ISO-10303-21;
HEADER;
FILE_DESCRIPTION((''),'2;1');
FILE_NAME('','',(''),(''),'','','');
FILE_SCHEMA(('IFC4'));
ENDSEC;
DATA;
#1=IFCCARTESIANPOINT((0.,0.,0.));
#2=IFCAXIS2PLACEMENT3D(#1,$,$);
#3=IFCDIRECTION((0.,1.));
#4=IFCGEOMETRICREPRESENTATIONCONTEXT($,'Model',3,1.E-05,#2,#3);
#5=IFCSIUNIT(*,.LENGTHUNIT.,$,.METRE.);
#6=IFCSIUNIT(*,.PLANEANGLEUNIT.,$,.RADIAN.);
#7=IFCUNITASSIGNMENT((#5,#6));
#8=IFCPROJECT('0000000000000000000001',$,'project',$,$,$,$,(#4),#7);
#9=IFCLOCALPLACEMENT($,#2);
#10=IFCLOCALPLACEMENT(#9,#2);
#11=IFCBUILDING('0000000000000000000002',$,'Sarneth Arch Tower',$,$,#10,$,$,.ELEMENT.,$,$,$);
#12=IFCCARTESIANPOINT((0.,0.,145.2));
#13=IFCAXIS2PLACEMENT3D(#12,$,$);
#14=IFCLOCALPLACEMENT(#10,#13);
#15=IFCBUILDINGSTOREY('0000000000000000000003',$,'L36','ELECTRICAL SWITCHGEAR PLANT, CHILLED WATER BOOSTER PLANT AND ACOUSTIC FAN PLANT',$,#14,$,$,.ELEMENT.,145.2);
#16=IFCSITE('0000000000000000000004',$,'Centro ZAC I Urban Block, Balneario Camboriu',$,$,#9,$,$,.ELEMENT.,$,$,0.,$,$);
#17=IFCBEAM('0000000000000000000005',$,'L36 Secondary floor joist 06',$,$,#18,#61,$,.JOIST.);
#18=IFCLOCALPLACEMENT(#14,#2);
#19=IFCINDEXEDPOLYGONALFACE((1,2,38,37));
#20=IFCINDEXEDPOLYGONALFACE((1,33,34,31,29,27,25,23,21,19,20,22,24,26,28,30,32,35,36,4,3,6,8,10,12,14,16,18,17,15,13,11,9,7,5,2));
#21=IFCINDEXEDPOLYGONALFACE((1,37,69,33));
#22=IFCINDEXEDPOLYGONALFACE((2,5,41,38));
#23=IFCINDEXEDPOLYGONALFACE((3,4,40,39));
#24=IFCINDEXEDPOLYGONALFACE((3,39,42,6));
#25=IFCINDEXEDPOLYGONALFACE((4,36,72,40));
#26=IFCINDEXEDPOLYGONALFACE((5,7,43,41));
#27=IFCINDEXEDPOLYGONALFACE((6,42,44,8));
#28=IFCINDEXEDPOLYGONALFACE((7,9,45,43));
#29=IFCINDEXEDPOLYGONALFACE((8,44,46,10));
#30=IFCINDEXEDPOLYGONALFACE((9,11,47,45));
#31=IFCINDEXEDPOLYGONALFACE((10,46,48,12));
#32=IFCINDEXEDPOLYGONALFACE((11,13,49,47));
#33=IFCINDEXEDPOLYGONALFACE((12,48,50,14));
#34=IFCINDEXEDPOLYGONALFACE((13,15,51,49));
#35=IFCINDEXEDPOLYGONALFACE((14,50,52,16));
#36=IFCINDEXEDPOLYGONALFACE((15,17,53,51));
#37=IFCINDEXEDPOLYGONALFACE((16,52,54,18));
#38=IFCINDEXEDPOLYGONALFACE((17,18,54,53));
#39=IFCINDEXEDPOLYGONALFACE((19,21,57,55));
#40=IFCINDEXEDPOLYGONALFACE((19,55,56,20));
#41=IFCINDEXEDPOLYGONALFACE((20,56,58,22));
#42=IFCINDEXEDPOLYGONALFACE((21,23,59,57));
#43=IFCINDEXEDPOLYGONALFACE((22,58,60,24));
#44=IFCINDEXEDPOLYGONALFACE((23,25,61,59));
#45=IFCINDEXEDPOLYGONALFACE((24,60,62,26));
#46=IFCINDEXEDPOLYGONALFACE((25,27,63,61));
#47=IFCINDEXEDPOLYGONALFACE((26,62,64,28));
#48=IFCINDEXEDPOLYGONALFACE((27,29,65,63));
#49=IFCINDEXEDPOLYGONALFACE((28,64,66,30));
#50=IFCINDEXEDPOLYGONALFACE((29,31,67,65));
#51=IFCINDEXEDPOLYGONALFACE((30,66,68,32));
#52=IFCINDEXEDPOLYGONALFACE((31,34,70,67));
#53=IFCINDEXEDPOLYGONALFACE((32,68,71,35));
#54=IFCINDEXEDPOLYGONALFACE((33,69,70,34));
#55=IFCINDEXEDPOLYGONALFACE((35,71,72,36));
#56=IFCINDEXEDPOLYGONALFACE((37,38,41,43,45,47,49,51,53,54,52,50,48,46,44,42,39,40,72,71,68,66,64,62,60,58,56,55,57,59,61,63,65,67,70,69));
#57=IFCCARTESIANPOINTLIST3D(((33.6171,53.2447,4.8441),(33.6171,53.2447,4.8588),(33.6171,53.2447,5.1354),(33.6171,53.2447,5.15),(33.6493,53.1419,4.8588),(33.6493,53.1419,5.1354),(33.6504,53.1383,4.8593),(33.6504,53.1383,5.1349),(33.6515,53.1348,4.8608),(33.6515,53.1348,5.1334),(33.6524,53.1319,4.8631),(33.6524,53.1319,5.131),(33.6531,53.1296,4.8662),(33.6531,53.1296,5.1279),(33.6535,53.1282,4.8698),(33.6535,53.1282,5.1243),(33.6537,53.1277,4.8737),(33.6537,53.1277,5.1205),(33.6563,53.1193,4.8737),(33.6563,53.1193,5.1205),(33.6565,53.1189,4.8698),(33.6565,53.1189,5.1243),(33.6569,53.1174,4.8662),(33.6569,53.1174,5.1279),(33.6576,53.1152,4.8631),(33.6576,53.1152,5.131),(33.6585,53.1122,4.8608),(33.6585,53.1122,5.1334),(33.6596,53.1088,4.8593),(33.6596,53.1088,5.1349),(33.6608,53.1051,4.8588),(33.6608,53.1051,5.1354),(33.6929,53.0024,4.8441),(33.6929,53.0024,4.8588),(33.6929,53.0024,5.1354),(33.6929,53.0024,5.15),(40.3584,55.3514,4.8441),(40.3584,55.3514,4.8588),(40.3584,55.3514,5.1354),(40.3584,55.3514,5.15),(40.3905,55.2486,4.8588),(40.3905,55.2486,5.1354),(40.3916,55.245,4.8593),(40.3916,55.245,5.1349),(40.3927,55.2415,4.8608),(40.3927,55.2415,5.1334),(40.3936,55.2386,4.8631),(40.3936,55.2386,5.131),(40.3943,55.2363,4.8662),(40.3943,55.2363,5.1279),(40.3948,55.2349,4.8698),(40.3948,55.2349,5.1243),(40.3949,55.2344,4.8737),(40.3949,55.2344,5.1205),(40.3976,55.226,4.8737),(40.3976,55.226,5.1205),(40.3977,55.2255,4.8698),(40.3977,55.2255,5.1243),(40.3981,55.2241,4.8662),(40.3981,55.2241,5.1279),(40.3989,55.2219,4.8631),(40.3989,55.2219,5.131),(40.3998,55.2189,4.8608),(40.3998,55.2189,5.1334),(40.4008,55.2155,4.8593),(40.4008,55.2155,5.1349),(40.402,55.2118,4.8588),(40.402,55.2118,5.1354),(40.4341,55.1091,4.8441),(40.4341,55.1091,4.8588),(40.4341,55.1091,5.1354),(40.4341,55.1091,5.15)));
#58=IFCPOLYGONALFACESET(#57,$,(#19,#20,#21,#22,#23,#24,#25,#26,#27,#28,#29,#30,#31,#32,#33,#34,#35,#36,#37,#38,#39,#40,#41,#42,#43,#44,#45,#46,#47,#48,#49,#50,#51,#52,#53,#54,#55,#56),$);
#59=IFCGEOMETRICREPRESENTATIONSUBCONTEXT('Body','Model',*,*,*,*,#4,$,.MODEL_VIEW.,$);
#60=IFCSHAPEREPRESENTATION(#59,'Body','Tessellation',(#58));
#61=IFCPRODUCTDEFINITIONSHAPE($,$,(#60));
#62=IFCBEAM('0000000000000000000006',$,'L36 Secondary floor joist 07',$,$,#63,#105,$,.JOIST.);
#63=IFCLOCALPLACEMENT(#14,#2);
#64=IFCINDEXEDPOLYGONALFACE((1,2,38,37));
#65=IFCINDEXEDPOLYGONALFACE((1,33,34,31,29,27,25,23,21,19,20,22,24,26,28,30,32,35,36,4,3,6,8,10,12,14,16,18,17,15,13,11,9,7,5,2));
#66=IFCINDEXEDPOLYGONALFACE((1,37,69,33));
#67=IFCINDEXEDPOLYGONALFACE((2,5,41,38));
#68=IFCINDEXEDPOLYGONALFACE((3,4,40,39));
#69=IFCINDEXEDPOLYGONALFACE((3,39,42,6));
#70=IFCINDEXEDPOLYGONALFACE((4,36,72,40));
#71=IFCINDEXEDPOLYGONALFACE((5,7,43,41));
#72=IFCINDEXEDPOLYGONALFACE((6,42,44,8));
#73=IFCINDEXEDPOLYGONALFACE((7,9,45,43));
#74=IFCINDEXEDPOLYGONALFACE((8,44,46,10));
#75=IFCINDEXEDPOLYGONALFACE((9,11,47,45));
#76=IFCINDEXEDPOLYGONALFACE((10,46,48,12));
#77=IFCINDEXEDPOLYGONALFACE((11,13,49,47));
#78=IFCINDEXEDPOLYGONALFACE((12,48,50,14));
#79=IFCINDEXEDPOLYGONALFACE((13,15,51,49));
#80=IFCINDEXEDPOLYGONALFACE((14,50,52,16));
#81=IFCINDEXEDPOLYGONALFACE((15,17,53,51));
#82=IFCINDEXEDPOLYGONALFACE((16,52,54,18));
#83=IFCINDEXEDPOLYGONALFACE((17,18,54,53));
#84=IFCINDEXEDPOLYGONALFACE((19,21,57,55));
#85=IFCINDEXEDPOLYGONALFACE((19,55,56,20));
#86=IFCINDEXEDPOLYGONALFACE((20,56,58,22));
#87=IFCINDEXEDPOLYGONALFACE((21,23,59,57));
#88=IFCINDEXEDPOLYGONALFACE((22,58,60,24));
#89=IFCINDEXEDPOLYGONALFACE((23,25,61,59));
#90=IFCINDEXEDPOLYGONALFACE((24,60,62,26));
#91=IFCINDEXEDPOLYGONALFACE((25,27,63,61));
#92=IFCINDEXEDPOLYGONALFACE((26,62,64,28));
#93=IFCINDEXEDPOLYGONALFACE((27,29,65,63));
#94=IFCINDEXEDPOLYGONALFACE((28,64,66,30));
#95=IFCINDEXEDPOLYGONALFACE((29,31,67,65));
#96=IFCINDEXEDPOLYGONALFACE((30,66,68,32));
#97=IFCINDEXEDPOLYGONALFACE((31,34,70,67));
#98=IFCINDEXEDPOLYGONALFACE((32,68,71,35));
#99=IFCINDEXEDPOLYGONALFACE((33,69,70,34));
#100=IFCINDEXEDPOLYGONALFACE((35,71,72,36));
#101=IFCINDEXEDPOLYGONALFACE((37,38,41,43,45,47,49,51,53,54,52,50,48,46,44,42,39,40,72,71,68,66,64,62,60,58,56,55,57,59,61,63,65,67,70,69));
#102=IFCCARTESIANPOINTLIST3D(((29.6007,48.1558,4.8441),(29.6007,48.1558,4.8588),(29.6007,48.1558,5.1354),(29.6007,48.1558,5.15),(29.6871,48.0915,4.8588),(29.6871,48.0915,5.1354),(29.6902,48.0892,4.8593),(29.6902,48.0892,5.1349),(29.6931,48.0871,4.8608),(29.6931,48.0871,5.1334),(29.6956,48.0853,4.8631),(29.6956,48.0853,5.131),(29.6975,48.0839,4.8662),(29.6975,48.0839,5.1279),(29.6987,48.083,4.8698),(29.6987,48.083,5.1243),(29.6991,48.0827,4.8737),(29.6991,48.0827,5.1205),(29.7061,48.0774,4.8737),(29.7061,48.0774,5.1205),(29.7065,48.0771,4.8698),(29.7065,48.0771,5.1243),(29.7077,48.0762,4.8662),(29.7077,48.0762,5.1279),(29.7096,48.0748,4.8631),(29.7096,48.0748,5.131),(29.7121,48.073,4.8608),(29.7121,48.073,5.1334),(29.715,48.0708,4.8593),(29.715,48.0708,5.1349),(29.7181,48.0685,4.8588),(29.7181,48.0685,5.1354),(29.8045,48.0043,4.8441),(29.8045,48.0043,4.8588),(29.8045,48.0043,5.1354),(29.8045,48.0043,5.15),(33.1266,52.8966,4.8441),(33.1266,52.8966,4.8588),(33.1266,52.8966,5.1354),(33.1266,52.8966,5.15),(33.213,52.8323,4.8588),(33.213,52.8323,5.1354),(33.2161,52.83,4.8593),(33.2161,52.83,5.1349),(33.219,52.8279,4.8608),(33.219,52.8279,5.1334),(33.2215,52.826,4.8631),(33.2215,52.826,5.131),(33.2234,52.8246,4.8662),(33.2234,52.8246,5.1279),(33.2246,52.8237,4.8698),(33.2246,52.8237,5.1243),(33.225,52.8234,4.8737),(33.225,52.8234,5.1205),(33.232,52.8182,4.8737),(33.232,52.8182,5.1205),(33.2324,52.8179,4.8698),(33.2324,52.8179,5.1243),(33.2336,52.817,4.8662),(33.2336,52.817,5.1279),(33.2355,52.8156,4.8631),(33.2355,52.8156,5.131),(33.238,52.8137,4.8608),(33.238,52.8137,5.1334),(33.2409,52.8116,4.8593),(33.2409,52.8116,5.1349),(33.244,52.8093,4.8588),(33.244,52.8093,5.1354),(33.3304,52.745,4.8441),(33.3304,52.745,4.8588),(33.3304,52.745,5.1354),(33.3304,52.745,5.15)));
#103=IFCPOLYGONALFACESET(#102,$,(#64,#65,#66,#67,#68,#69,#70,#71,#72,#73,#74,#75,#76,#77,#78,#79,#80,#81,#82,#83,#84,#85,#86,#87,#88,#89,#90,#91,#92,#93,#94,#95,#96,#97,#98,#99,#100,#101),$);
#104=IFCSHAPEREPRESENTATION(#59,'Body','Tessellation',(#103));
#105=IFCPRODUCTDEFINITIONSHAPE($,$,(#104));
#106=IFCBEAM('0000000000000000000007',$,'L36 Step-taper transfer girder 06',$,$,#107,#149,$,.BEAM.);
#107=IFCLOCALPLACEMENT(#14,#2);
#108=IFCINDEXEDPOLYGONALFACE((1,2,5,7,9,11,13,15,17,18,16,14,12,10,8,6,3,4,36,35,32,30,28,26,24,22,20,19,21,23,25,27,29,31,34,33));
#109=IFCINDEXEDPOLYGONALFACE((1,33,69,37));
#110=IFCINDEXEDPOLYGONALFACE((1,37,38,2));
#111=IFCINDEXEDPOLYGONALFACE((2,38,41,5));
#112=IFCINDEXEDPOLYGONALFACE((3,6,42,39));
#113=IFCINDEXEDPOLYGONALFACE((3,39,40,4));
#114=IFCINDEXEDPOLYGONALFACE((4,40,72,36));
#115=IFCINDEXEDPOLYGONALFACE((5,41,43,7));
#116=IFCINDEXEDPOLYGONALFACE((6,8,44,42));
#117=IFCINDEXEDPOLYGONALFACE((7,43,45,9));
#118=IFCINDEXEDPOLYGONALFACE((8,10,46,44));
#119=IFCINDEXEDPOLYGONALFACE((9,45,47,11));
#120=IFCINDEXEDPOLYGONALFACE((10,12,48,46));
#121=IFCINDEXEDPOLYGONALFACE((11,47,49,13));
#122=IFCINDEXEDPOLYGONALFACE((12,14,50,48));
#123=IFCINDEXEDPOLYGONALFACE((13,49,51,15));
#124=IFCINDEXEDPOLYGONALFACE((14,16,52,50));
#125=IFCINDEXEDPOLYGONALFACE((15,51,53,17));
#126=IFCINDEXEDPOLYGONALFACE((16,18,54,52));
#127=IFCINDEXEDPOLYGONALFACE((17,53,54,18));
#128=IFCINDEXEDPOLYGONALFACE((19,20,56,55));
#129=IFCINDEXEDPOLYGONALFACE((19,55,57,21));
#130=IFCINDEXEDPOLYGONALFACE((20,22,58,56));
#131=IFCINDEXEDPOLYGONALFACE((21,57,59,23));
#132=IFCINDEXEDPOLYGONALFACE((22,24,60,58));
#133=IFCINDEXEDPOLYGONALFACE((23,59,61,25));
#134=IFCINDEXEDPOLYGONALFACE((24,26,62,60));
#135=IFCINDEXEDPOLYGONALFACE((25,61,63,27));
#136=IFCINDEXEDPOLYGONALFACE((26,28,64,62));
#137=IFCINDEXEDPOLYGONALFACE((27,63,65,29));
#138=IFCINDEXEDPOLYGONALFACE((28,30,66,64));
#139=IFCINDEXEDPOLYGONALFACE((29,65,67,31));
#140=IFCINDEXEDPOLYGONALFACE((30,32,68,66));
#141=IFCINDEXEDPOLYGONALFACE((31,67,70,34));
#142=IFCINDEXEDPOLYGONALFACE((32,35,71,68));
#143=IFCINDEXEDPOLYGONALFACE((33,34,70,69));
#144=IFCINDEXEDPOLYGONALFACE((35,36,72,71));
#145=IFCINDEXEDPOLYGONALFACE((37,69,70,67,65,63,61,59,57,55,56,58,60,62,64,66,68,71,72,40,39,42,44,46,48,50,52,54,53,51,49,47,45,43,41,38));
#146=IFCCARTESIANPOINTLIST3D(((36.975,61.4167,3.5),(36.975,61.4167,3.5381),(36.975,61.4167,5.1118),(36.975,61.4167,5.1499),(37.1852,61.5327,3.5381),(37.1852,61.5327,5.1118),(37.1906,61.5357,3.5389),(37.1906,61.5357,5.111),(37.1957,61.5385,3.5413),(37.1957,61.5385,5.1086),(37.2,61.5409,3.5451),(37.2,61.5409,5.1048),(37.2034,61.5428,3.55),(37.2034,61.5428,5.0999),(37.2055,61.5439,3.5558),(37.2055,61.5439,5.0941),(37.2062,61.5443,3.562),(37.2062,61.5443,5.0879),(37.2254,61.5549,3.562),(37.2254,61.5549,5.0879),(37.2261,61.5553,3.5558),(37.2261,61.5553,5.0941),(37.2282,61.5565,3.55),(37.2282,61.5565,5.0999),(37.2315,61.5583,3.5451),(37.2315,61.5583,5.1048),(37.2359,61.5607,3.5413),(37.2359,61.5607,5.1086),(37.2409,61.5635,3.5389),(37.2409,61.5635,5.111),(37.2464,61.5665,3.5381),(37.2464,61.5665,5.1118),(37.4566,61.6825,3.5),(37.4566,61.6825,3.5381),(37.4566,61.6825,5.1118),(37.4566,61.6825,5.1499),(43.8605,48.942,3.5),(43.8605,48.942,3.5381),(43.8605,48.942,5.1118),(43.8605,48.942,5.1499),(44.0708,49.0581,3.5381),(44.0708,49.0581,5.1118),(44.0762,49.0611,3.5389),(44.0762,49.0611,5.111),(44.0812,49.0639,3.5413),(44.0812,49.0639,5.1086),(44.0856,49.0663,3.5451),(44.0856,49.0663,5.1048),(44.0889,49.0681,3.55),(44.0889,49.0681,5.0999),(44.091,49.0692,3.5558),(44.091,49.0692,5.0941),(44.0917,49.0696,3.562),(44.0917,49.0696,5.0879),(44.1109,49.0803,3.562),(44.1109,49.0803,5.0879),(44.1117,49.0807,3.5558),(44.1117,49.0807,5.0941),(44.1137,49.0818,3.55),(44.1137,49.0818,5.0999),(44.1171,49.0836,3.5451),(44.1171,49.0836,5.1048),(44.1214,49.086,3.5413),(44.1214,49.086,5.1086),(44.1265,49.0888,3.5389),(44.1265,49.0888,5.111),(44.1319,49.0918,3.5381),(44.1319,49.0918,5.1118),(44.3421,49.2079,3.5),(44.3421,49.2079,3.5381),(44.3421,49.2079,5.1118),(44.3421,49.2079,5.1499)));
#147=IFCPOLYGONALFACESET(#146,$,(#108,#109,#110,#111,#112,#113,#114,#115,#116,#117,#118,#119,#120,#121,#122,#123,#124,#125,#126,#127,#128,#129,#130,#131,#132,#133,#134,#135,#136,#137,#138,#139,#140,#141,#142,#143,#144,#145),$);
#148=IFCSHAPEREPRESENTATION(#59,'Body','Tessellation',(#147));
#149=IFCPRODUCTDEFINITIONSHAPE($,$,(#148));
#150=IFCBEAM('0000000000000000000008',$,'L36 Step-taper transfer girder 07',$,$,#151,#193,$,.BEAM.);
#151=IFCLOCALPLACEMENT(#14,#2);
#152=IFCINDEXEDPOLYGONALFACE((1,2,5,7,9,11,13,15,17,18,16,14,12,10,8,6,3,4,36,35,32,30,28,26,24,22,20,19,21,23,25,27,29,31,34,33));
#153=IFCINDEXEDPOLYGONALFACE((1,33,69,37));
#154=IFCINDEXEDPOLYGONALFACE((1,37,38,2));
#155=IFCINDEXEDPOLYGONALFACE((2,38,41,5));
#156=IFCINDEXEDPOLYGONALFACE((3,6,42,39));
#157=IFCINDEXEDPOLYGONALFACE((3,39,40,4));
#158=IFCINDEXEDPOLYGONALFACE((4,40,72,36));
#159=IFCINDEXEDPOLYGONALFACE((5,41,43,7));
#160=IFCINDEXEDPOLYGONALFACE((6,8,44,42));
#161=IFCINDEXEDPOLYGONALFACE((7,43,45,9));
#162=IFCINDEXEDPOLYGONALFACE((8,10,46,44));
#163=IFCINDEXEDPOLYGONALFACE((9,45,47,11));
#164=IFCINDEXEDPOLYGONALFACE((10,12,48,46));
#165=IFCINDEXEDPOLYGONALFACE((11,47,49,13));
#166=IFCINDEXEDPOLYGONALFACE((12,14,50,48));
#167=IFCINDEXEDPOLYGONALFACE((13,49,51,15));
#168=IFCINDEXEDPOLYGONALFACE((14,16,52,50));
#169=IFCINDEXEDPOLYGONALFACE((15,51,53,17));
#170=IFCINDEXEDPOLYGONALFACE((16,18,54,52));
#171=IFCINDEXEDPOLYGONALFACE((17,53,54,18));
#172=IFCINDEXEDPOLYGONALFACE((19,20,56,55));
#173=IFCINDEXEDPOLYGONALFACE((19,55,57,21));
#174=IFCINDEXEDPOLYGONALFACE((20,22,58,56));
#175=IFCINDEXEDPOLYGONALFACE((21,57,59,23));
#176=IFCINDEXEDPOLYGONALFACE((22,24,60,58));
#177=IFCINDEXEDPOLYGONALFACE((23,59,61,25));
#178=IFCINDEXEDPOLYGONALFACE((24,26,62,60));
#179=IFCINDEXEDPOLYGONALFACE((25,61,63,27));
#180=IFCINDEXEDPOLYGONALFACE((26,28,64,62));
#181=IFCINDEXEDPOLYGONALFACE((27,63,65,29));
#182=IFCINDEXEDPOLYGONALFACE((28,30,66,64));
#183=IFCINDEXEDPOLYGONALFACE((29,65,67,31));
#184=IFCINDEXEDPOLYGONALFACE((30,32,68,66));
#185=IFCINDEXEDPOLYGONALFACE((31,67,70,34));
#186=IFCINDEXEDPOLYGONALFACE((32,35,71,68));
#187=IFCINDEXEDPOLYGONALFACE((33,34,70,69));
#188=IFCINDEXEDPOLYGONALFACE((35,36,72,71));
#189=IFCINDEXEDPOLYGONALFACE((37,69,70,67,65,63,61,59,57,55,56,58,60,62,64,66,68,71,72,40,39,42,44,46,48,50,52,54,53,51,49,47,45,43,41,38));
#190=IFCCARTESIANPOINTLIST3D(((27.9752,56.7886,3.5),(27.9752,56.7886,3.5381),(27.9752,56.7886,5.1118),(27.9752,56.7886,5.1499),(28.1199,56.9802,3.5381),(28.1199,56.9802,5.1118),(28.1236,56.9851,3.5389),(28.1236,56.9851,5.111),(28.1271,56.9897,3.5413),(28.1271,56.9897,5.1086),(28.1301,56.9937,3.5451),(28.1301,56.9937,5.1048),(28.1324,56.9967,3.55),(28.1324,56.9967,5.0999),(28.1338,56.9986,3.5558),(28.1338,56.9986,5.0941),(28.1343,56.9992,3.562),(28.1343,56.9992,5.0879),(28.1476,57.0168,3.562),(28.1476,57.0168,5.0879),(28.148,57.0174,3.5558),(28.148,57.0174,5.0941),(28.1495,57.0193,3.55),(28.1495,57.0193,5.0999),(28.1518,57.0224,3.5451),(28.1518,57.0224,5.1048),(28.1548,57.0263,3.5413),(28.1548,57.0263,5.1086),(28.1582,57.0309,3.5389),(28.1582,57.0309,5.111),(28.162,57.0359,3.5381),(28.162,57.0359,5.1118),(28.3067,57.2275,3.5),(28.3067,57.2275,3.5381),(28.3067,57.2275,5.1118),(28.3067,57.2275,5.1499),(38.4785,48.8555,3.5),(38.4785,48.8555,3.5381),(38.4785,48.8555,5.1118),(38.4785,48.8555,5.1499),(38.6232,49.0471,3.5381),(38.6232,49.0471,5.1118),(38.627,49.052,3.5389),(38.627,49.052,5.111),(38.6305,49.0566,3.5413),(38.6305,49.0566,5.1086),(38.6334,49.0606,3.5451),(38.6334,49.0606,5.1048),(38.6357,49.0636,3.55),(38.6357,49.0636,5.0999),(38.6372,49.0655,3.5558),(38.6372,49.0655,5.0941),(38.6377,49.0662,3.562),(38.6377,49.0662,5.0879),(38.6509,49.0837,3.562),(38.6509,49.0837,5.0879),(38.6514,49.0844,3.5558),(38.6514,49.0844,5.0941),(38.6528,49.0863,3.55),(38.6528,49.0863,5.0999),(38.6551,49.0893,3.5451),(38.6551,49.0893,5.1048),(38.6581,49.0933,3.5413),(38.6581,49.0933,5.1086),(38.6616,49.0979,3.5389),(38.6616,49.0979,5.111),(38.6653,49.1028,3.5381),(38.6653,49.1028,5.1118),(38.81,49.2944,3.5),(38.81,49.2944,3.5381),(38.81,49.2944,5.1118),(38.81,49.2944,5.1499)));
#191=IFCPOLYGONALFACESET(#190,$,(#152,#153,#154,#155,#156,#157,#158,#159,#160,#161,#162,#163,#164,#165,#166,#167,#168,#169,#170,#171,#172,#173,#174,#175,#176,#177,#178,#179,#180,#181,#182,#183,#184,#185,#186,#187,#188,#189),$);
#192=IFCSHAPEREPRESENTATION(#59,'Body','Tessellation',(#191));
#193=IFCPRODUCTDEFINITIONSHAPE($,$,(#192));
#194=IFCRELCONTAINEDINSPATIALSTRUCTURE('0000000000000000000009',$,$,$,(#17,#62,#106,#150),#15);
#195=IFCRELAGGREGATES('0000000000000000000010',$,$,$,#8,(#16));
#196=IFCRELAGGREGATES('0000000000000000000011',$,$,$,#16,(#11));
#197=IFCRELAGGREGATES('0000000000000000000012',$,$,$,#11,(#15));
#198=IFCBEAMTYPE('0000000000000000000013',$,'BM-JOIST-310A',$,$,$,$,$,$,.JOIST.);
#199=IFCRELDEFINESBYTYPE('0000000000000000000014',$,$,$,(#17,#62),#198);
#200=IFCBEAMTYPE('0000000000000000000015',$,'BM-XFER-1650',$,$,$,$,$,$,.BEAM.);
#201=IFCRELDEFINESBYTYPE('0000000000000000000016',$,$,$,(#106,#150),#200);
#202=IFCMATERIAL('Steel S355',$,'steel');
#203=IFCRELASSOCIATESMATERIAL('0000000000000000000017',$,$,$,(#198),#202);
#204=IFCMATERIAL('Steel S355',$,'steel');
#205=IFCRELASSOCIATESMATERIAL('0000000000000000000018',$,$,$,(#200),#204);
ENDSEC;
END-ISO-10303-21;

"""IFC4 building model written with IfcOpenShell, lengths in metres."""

from ifc_helpers import new_model, si_unit, direction, frame, origin, origin_2d, place, context, subcontext, project, spatial, i_section, extrude, material, material_profile, profile_set, type_object, element, save


model = new_model("IFC4")

# Units and contexts
model_context = context("Model", 3, precision=1e-05, world=origin(), true_north=direction((0.0, 1.0)))
body_context = subcontext(model_context, "Body", "Model", "MODEL_VIEW")
ifc_project = project(units=[si_unit("LENGTHUNIT", "METRE"), si_unit("PLANEANGLEUNIT", "RADIAN")], contexts=[model_context])

# Site, building, storey
site_placement = place(None, origin())
site = spatial("IfcSite", under=ifc_project, at=site_placement, Name="Centro ZAC I Urban Block, Balneario Camboriu", CompositionType="ELEMENT", RefElevation=0.0)
building_placement = place(site_placement, origin())
building = spatial("IfcBuilding", under=site, at=building_placement, Name="Sarneth Arch Tower", CompositionType="ELEMENT")
storey_placement = place(building_placement, frame((0.0, 0.0, 145.2)))
storey = spatial("IfcBuildingStorey", under=building, at=storey_placement, Name="L36", Description="ELECTRICAL SWITCHGEAR PLANT, CHILLED WATER BOOSTER PLANT AND ACOUSTIC FAN PLANT", CompositionType="ELEMENT", Elevation=145.2)

# Beams
ifc_material_1 = material(Name="Steel S355", Category="steel")
ifc_material_profile_1 = material_profile(ifc_material_1, i_section(OverallWidth=0.2539, OverallDepth=0.3059, WebThickness=0.0088, FlangeThickness=0.0146, FilletRadius=0.0149, at=origin_2d()), Name="W310x79")
ifc_profile_set_1 = profile_set([ifc_material_profile_1], Name="Steel S355")
beam_type_1 = type_object("IfcBeamType", Name="BM-JOIST-310A", PredefinedType="JOIST", material=ifc_profile_set_1)
beam_1_placement = place(storey_placement, frame((40.3962, 55.2302, 4.9971), z_axis=(-0.954478, -0.298283, 0.0), x_axis=(0.298283, -0.954478, 0.0)))
element("IfcBeam", 1, at=beam_1_placement, inside=storey, type_object=beam_type_1, Name="L36 Secondary floor joist 06", PredefinedType="JOIST", context=body_context, shape_type="SweptSolid", body=[
    extrude(i_section(OverallWidth=0.2539, OverallDepth=0.3059, WebThickness=0.0088, FlangeThickness=0.0146, FilletRadius=0.0149, at=origin_2d()), origin(), (0.0, 0.0, 1.0), 7.0627),
])
beam_2_placement = place(storey_placement, frame((33.2285, 52.8208, 4.9971), z_axis=(-0.596782, -0.802403, 0.0), x_axis=(0.802403, -0.596782, 0.0)))
element("IfcBeam", 2, at=beam_2_placement, inside=storey, type_object=beam_type_1, Name="L36 Secondary floor joist 07", PredefinedType="JOIST", context=body_context, shape_type="SweptSolid", body=[
    extrude(i_section(OverallWidth=0.2539, OverallDepth=0.3059, WebThickness=0.0088, FlangeThickness=0.0146, FilletRadius=0.0149, at=origin_2d()), origin(), (0.0, 0.0, 1.0), 5.9082),
])
ifc_material_2 = material(Name="Steel S355", Category="steel")
ifc_material_profile_2 = material_profile(ifc_material_2, i_section(OverallWidth=0.55, OverallDepth=1.6499, WebThickness=0.022, FlangeThickness=0.0381, FilletRadius=0.0239, at=origin_2d()), Name="CVS1650x680")
ifc_profile_set_2 = profile_set([ifc_material_profile_2], Name="Steel S355")
beam_type_2 = type_object("IfcBeamType", Name="BM-XFER-1650", PredefinedType="BEAM", material=ifc_profile_set_2)
beam_3_placement = place(storey_placement, frame((44.1013, 49.075, 4.325), z_axis=(-0.483236, 0.87549, 0.0), x_axis=(-0.87549, -0.483236, 0.0)))
element("IfcBeam", 3, at=beam_3_placement, inside=storey, type_object=beam_type_2, Name="L36 Step-taper transfer girder 06", PredefinedType="BEAM", context=body_context, shape_type="SweptSolid", body=[
    extrude(i_section(OverallWidth=0.55, OverallDepth=1.6499, WebThickness=0.022, FlangeThickness=0.0381, FilletRadius=0.0239, at=origin_2d()), origin(), (0.0, 0.0, 1.0), 14.2488),
])
beam_4_placement = place(storey_placement, frame((38.6443, 49.075, 4.325), z_axis=(-0.79797, 0.602697, 0.0), x_axis=(-0.602697, -0.79797, 0.0)))
element("IfcBeam", 4, at=beam_4_placement, inside=storey, type_object=beam_type_2, Name="L36 Step-taper transfer girder 07", PredefinedType="BEAM", context=body_context, shape_type="SweptSolid", body=[
    extrude(i_section(OverallWidth=0.55, OverallDepth=1.6499, WebThickness=0.022, FlangeThickness=0.0381, FilletRadius=0.0239, at=origin_2d()), origin(), (0.0, 0.0, 1.0), 13.1626),
])

save(model, "model.ifc")
